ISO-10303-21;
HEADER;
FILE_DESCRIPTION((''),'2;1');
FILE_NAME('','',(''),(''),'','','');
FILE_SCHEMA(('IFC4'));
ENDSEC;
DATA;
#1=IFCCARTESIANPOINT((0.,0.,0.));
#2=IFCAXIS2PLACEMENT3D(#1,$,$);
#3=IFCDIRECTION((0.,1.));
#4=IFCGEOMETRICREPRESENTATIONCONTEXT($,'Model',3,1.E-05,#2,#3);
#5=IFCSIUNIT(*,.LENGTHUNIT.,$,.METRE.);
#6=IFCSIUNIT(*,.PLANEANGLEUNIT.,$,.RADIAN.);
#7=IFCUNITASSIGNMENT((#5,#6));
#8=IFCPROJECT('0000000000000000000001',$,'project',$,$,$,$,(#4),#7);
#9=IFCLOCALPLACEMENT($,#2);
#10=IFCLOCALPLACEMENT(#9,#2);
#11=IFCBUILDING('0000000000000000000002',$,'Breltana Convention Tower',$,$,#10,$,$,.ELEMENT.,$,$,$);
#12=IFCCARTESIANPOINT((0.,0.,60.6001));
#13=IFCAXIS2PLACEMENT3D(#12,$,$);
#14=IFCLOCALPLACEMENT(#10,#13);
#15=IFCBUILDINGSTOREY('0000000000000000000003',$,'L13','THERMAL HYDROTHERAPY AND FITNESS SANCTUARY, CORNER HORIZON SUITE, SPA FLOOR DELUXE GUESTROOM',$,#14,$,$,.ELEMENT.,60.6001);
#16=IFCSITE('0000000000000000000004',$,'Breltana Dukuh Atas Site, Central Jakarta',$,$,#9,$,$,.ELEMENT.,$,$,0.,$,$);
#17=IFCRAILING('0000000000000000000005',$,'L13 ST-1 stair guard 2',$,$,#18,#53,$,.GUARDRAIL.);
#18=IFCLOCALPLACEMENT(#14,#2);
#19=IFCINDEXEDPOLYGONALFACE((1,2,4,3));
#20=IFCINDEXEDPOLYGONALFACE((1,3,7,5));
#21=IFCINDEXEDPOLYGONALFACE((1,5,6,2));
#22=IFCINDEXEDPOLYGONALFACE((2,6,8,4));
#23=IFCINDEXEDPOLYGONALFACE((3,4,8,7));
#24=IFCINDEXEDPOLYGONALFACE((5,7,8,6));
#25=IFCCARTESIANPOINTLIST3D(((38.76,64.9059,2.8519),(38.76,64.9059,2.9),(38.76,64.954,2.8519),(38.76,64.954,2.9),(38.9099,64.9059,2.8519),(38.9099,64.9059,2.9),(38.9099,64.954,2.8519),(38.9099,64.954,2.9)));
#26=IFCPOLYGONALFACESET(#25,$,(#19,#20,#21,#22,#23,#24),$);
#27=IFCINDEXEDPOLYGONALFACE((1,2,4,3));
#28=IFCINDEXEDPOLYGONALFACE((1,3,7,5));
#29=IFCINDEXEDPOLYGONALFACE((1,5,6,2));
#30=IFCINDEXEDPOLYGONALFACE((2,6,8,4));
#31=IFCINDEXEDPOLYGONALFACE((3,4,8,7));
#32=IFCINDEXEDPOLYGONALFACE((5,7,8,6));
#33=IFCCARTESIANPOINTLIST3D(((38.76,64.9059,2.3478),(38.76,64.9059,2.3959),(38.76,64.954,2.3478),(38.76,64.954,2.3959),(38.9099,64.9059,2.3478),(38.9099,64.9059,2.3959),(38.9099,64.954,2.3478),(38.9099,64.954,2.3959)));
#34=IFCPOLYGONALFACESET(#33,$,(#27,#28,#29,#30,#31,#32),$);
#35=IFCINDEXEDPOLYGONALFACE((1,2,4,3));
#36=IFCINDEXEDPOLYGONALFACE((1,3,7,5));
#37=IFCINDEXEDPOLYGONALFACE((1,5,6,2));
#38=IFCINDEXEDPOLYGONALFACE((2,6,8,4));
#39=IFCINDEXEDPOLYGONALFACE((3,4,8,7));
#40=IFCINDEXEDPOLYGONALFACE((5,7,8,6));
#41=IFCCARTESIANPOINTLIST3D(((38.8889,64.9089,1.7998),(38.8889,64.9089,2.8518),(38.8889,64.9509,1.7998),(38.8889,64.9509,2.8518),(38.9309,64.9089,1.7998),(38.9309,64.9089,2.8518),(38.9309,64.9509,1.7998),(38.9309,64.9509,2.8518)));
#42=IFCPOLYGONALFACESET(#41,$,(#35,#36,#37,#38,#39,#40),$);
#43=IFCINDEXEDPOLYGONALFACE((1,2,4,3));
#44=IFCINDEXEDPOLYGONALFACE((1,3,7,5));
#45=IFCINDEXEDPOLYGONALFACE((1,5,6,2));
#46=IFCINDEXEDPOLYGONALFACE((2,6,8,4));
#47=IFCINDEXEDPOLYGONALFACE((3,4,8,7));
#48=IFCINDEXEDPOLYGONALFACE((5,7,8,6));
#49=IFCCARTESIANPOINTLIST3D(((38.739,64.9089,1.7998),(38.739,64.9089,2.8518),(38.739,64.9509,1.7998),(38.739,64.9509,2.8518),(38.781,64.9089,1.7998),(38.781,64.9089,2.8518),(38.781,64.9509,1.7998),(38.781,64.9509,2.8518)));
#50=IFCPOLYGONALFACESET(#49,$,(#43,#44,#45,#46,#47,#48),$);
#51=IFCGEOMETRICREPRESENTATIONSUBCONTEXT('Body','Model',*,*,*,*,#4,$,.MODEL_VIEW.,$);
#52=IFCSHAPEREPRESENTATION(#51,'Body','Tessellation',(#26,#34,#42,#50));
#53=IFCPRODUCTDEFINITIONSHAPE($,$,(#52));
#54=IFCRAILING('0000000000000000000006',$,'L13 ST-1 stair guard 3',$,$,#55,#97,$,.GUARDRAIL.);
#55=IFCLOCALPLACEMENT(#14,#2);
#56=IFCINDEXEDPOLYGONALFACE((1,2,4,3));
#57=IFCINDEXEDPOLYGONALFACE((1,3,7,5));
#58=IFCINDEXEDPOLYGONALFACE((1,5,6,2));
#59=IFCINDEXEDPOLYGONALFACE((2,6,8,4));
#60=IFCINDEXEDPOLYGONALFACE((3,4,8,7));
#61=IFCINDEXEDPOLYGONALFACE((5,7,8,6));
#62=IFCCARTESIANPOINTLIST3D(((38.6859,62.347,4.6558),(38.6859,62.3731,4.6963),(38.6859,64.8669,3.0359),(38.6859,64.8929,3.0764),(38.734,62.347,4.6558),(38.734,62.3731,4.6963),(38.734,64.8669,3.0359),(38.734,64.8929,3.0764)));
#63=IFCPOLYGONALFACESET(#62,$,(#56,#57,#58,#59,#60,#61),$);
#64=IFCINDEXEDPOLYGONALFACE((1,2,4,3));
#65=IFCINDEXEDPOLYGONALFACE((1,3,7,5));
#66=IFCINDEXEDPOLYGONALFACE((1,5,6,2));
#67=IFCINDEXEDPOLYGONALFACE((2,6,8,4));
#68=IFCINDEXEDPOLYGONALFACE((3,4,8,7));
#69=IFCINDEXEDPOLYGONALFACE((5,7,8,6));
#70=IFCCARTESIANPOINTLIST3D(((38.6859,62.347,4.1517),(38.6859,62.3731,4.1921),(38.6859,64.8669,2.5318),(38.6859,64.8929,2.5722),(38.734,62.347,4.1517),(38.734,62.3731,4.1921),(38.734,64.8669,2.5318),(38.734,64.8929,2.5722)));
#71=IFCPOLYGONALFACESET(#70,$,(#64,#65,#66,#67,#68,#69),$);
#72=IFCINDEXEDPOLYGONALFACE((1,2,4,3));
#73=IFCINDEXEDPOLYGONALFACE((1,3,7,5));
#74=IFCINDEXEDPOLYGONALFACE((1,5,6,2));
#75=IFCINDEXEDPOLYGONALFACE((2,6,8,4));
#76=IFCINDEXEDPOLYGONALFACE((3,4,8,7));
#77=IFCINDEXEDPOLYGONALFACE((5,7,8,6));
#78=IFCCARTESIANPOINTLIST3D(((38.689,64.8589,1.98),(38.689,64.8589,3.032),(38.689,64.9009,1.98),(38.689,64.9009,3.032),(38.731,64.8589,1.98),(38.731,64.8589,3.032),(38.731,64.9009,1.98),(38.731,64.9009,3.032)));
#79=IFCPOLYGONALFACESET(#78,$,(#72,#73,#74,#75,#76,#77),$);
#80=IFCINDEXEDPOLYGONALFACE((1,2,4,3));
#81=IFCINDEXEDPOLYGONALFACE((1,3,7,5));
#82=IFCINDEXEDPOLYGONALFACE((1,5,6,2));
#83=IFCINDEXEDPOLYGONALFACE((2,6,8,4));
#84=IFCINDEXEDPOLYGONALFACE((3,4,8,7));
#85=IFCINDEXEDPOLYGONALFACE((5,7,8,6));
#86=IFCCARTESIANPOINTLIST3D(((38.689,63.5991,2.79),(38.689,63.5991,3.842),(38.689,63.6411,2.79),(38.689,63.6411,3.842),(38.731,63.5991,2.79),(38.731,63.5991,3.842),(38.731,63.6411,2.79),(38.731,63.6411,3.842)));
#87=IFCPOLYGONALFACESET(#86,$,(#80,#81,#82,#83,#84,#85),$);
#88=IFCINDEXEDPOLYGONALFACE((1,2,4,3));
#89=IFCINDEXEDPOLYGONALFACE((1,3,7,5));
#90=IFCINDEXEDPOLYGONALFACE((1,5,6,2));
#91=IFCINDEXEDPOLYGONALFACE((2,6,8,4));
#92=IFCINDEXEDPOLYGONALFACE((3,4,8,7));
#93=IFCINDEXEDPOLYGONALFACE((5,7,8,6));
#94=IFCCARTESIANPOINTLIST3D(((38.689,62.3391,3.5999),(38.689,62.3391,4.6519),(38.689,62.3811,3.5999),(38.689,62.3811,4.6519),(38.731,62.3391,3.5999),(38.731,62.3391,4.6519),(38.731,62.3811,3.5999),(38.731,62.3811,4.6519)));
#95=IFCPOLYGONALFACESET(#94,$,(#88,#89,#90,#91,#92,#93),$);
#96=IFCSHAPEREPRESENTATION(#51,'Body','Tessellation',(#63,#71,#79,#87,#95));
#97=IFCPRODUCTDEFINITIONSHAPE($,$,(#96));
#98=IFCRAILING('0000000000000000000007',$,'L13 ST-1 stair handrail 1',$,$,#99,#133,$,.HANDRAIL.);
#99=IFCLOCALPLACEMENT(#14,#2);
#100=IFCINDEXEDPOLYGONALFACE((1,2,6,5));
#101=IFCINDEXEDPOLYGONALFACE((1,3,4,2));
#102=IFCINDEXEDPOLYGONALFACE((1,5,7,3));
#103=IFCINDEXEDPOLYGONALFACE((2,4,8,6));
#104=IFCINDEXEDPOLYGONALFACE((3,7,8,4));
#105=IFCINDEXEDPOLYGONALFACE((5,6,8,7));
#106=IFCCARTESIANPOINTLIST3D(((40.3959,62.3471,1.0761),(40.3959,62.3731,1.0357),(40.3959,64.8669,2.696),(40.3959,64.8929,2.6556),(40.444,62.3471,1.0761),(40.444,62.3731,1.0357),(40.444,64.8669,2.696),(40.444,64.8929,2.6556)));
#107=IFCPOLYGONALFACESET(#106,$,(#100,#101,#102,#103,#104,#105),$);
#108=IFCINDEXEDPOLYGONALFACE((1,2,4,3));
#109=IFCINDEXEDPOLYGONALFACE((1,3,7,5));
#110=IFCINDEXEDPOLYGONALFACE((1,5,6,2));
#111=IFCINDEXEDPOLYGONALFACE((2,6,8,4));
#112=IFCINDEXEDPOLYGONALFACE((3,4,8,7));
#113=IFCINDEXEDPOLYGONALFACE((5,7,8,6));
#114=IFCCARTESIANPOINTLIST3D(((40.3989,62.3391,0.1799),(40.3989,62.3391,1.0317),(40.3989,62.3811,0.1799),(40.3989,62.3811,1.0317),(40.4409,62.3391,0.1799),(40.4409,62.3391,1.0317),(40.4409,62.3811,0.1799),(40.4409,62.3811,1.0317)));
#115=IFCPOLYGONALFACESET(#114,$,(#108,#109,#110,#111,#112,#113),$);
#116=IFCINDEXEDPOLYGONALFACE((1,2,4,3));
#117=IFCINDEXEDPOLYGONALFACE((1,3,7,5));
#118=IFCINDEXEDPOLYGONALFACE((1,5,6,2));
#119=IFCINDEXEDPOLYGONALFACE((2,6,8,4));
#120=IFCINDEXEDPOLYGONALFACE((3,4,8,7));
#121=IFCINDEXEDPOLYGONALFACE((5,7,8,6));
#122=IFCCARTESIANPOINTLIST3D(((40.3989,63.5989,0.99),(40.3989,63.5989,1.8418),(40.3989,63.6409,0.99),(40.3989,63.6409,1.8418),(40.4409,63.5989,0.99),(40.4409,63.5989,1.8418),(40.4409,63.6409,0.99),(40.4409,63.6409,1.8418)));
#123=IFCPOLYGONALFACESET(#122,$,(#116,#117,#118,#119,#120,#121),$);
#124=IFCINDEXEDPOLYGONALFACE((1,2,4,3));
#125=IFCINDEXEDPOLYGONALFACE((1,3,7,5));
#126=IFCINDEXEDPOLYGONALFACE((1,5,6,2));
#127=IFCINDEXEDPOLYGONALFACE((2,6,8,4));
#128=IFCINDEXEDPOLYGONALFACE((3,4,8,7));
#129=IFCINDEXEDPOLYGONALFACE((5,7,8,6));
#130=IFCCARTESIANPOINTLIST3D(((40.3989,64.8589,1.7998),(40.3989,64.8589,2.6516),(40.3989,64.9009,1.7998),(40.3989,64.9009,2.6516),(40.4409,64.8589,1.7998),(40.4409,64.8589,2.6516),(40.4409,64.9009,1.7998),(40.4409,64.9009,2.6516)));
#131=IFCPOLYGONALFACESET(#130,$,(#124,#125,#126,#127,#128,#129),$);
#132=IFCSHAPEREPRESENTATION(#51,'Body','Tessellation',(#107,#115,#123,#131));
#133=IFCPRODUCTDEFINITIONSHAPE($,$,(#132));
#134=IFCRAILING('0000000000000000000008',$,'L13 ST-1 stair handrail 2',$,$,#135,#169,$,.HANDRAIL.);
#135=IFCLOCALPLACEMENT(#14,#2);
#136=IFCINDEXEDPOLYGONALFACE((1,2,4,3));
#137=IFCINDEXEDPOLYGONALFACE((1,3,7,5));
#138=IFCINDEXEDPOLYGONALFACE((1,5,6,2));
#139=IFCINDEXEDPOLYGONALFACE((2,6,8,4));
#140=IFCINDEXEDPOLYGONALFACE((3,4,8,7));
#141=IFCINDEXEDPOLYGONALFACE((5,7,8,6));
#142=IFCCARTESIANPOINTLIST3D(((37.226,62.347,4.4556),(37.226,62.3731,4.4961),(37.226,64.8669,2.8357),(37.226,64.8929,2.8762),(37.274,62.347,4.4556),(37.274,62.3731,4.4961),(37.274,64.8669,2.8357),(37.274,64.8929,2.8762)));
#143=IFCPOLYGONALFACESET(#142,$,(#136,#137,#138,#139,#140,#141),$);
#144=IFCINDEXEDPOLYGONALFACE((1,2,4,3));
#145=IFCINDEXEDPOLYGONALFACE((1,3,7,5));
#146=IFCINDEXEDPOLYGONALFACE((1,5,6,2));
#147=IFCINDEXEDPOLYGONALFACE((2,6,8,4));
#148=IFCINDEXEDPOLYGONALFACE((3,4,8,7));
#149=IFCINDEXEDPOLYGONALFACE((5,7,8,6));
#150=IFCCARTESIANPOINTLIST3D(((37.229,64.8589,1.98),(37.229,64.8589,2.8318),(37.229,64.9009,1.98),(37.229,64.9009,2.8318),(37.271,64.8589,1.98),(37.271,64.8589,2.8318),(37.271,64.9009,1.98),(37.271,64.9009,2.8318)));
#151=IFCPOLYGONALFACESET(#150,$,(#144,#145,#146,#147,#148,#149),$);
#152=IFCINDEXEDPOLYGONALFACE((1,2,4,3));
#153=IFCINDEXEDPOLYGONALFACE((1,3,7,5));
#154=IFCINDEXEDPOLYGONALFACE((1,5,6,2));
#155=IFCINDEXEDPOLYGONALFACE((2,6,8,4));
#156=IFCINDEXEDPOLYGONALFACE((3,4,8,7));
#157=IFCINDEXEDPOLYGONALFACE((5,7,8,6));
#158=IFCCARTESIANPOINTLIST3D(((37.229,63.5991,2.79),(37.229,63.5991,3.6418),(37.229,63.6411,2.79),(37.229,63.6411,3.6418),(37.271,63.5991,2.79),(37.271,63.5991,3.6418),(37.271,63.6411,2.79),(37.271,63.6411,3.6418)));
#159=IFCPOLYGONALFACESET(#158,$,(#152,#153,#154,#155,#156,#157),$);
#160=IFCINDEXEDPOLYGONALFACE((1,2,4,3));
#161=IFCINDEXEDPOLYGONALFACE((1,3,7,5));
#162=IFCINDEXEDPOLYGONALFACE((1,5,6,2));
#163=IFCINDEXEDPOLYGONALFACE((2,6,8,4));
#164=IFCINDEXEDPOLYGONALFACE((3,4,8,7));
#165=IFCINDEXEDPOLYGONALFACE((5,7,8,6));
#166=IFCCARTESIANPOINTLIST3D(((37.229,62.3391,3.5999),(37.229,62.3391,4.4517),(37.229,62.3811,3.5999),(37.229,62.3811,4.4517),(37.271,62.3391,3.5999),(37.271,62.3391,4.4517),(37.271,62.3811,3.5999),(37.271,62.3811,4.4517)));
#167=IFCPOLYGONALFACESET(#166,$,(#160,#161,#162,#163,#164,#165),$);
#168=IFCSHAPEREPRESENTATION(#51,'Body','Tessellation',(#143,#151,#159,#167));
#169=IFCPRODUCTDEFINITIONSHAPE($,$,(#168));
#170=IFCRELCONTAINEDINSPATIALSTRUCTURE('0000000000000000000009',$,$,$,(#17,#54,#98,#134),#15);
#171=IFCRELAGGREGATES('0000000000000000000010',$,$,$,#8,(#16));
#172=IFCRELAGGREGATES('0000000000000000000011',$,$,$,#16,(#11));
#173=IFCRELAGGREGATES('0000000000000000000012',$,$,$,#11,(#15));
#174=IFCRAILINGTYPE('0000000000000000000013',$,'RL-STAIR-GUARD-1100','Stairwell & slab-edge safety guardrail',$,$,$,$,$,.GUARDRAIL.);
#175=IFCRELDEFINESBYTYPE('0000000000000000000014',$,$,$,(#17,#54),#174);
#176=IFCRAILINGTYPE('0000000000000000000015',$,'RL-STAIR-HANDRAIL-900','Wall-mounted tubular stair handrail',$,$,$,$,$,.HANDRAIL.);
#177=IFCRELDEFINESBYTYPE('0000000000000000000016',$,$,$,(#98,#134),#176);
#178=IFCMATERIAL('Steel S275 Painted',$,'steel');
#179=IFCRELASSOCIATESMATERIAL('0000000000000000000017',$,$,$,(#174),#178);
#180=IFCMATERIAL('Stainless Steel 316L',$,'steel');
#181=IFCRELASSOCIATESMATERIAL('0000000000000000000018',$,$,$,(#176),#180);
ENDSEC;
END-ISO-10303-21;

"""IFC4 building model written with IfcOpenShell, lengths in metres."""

from ifc_helpers import new_model, si_unit, direction, frame, origin, origin_2d, place, context, subcontext, project, spatial, rectangle, extrude, material, type_object, element, save


model = new_model("IFC4")

# Units and contexts
model_context = context("Model", 3, precision=1e-05, world=origin(), true_north=direction((0.0, 1.0)))
body_context = subcontext(model_context, "Body", "Model", "MODEL_VIEW")
ifc_project = project(units=[si_unit("LENGTHUNIT", "METRE"), si_unit("PLANEANGLEUNIT", "RADIAN")], contexts=[model_context])

# Site, building, storey
site_placement = place(None, origin())
site = spatial("IfcSite", under=ifc_project, at=site_placement, Name="Breltana Dukuh Atas Site, Central Jakarta", CompositionType="ELEMENT", RefElevation=0.0)
building_placement = place(site_placement, origin())
building = spatial("IfcBuilding", under=site, at=building_placement, Name="Breltana Convention Tower", CompositionType="ELEMENT")
storey_placement = place(building_placement, frame((0.0, 0.0, 60.6001)))
storey = spatial("IfcBuildingStorey", under=building, at=storey_placement, Name="L13", Description="THERMAL HYDROTHERAPY AND FITNESS SANCTUARY, CORNER HORIZON SUITE, SPA FLOOR DELUXE GUESTROOM", CompositionType="ELEMENT", Elevation=60.6001)

# Railings
ifc_material_1 = material(Name="Steel S275 Painted", Category="steel")
railing_type_1 = type_object("IfcRailingType", Name="RL-STAIR-GUARD-1100", Description="Stairwell & slab-edge safety guardrail", PredefinedType="GUARDRAIL", material=ifc_material_1)
railing_1_placement = place(storey_placement, frame((38.9099, 64.9299, 1.7998)))
element("IfcRailing", 1, at=railing_1_placement, inside=storey, type_object=railing_type_1, Name="L13 ST-1 stair guard 2", PredefinedType="GUARDRAIL", context=body_context, shape_type="SweptSolid", body=[
    extrude(rectangle(XDim=0.0481, YDim=0.0481, at=origin_2d()), frame((0.0, 0.0, 1.0762), z_axis=(-1.0, 0.0, 0.0), x_axis=(0.0, -1.0, 0.0)), (0.0, 0.0, 1.0), 0.1499),
    extrude(rectangle(XDim=0.0481, YDim=0.0481, at=origin_2d()), frame((0.0, 0.0, 0.572), z_axis=(-1.0, 0.0, 0.0), x_axis=(0.0, -1.0, 0.0)), (0.0, 0.0, 1.0), 0.1499),
    extrude(rectangle(XDim=0.042, YDim=0.042, at=origin_2d()), origin(), (0.0, 0.0, 1.0), 1.052),
    extrude(rectangle(XDim=0.042, YDim=0.042, at=origin_2d()), frame((-0.1499, 0.0, 0.0)), (0.0, 0.0, 1.0), 1.052),
])
railing_2_placement = place(storey_placement, frame((38.71, 64.8799, 1.98)))
element("IfcRailing", 2, at=railing_2_placement, inside=storey, type_object=railing_type_1, Name="L13 ST-1 stair guard 3", PredefinedType="GUARDRAIL", context=body_context, shape_type="SweptSolid", body=[
    extrude(rectangle(XDim=0.0481, YDim=0.0481, at=origin_2d()), frame((0.0, 0.0, 1.0762), z_axis=(0.0, -0.841176, 0.540762), x_axis=(1.0, 0.0, 0.0)), (0.0, 0.0, 1.0), 2.9956),
    extrude(rectangle(XDim=0.0481, YDim=0.0481, at=origin_2d()), frame((0.0, 0.0, 0.572), z_axis=(0.0, -0.841176, 0.540762), x_axis=(1.0, 0.0, 0.0)), (0.0, 0.0, 1.0), 2.9956),
    extrude(rectangle(XDim=0.042, YDim=0.042, at=origin_2d()), origin(), (0.0, 0.0, 1.0), 1.052),
    extrude(rectangle(XDim=0.042, YDim=0.042, at=origin_2d()), frame((0.0, -1.2598, 0.8101)), (0.0, 0.0, 1.0), 1.052),
    extrude(rectangle(XDim=0.042, YDim=0.042, at=origin_2d()), frame((0.0, -2.5198, 1.6199)), (0.0, 0.0, 1.0), 1.052),
])
ifc_material_2 = material(Name="Stainless Steel 316L", Category="steel")
railing_type_2 = type_object("IfcRailingType", Name="RL-STAIR-HANDRAIL-900", Description="Wall-mounted tubular stair handrail", PredefinedType="HANDRAIL", material=ifc_material_2)
railing_3_placement = place(storey_placement, frame((40.4199, 62.3601, 0.1799)))
element("IfcRailing", 3, at=railing_3_placement, inside=storey, type_object=railing_type_2, Name="L13 ST-1 stair handrail 1", PredefinedType="HANDRAIL", context=body_context, shape_type="SweptSolid", body=[
    extrude(rectangle(XDim=0.0481, YDim=0.0481, at=origin_2d()), frame((0.0, 0.0, 0.876), z_axis=(0.0, 0.841176, 0.540762), x_axis=(-1.0, 0.0, 0.0)), (0.0, 0.0, 1.0), 2.9956),
    extrude(rectangle(XDim=0.042, YDim=0.042, at=origin_2d()), origin(), (0.0, 0.0, 1.0), 0.8518),
    extrude(rectangle(XDim=0.042, YDim=0.042, at=origin_2d()), frame((0.0, 1.2598, 0.8101)), (0.0, 0.0, 1.0), 0.8518),
    extrude(rectangle(XDim=0.042, YDim=0.042, at=origin_2d()), frame((0.0, 2.5198, 1.6199)), (0.0, 0.0, 1.0), 0.8518),
])
railing_4_placement = place(storey_placement, frame((37.25, 64.8799, 1.98)))
element("IfcRailing", 4, at=railing_4_placement, inside=storey, type_object=railing_type_2, Name="L13 ST-1 stair handrail 2", PredefinedType="HANDRAIL", context=body_context, shape_type="SweptSolid", body=[
    extrude(rectangle(XDim=0.0481, YDim=0.0481, at=origin_2d()), frame((0.0, 0.0, 0.876), z_axis=(0.0, -0.841176, 0.540762), x_axis=(1.0, 0.0, 0.0)), (0.0, 0.0, 1.0), 2.9956),
    extrude(rectangle(XDim=0.042, YDim=0.042, at=origin_2d()), origin(), (0.0, 0.0, 1.0), 0.8518),
    extrude(rectangle(XDim=0.042, YDim=0.042, at=origin_2d()), frame((0.0, -1.2598, 0.8101)), (0.0, 0.0, 1.0), 0.8518),
    extrude(rectangle(XDim=0.042, YDim=0.042, at=origin_2d()), frame((0.0, -2.5198, 1.6199)), (0.0, 0.0, 1.0), 0.8518),
])

save(model, "model.ifc")
